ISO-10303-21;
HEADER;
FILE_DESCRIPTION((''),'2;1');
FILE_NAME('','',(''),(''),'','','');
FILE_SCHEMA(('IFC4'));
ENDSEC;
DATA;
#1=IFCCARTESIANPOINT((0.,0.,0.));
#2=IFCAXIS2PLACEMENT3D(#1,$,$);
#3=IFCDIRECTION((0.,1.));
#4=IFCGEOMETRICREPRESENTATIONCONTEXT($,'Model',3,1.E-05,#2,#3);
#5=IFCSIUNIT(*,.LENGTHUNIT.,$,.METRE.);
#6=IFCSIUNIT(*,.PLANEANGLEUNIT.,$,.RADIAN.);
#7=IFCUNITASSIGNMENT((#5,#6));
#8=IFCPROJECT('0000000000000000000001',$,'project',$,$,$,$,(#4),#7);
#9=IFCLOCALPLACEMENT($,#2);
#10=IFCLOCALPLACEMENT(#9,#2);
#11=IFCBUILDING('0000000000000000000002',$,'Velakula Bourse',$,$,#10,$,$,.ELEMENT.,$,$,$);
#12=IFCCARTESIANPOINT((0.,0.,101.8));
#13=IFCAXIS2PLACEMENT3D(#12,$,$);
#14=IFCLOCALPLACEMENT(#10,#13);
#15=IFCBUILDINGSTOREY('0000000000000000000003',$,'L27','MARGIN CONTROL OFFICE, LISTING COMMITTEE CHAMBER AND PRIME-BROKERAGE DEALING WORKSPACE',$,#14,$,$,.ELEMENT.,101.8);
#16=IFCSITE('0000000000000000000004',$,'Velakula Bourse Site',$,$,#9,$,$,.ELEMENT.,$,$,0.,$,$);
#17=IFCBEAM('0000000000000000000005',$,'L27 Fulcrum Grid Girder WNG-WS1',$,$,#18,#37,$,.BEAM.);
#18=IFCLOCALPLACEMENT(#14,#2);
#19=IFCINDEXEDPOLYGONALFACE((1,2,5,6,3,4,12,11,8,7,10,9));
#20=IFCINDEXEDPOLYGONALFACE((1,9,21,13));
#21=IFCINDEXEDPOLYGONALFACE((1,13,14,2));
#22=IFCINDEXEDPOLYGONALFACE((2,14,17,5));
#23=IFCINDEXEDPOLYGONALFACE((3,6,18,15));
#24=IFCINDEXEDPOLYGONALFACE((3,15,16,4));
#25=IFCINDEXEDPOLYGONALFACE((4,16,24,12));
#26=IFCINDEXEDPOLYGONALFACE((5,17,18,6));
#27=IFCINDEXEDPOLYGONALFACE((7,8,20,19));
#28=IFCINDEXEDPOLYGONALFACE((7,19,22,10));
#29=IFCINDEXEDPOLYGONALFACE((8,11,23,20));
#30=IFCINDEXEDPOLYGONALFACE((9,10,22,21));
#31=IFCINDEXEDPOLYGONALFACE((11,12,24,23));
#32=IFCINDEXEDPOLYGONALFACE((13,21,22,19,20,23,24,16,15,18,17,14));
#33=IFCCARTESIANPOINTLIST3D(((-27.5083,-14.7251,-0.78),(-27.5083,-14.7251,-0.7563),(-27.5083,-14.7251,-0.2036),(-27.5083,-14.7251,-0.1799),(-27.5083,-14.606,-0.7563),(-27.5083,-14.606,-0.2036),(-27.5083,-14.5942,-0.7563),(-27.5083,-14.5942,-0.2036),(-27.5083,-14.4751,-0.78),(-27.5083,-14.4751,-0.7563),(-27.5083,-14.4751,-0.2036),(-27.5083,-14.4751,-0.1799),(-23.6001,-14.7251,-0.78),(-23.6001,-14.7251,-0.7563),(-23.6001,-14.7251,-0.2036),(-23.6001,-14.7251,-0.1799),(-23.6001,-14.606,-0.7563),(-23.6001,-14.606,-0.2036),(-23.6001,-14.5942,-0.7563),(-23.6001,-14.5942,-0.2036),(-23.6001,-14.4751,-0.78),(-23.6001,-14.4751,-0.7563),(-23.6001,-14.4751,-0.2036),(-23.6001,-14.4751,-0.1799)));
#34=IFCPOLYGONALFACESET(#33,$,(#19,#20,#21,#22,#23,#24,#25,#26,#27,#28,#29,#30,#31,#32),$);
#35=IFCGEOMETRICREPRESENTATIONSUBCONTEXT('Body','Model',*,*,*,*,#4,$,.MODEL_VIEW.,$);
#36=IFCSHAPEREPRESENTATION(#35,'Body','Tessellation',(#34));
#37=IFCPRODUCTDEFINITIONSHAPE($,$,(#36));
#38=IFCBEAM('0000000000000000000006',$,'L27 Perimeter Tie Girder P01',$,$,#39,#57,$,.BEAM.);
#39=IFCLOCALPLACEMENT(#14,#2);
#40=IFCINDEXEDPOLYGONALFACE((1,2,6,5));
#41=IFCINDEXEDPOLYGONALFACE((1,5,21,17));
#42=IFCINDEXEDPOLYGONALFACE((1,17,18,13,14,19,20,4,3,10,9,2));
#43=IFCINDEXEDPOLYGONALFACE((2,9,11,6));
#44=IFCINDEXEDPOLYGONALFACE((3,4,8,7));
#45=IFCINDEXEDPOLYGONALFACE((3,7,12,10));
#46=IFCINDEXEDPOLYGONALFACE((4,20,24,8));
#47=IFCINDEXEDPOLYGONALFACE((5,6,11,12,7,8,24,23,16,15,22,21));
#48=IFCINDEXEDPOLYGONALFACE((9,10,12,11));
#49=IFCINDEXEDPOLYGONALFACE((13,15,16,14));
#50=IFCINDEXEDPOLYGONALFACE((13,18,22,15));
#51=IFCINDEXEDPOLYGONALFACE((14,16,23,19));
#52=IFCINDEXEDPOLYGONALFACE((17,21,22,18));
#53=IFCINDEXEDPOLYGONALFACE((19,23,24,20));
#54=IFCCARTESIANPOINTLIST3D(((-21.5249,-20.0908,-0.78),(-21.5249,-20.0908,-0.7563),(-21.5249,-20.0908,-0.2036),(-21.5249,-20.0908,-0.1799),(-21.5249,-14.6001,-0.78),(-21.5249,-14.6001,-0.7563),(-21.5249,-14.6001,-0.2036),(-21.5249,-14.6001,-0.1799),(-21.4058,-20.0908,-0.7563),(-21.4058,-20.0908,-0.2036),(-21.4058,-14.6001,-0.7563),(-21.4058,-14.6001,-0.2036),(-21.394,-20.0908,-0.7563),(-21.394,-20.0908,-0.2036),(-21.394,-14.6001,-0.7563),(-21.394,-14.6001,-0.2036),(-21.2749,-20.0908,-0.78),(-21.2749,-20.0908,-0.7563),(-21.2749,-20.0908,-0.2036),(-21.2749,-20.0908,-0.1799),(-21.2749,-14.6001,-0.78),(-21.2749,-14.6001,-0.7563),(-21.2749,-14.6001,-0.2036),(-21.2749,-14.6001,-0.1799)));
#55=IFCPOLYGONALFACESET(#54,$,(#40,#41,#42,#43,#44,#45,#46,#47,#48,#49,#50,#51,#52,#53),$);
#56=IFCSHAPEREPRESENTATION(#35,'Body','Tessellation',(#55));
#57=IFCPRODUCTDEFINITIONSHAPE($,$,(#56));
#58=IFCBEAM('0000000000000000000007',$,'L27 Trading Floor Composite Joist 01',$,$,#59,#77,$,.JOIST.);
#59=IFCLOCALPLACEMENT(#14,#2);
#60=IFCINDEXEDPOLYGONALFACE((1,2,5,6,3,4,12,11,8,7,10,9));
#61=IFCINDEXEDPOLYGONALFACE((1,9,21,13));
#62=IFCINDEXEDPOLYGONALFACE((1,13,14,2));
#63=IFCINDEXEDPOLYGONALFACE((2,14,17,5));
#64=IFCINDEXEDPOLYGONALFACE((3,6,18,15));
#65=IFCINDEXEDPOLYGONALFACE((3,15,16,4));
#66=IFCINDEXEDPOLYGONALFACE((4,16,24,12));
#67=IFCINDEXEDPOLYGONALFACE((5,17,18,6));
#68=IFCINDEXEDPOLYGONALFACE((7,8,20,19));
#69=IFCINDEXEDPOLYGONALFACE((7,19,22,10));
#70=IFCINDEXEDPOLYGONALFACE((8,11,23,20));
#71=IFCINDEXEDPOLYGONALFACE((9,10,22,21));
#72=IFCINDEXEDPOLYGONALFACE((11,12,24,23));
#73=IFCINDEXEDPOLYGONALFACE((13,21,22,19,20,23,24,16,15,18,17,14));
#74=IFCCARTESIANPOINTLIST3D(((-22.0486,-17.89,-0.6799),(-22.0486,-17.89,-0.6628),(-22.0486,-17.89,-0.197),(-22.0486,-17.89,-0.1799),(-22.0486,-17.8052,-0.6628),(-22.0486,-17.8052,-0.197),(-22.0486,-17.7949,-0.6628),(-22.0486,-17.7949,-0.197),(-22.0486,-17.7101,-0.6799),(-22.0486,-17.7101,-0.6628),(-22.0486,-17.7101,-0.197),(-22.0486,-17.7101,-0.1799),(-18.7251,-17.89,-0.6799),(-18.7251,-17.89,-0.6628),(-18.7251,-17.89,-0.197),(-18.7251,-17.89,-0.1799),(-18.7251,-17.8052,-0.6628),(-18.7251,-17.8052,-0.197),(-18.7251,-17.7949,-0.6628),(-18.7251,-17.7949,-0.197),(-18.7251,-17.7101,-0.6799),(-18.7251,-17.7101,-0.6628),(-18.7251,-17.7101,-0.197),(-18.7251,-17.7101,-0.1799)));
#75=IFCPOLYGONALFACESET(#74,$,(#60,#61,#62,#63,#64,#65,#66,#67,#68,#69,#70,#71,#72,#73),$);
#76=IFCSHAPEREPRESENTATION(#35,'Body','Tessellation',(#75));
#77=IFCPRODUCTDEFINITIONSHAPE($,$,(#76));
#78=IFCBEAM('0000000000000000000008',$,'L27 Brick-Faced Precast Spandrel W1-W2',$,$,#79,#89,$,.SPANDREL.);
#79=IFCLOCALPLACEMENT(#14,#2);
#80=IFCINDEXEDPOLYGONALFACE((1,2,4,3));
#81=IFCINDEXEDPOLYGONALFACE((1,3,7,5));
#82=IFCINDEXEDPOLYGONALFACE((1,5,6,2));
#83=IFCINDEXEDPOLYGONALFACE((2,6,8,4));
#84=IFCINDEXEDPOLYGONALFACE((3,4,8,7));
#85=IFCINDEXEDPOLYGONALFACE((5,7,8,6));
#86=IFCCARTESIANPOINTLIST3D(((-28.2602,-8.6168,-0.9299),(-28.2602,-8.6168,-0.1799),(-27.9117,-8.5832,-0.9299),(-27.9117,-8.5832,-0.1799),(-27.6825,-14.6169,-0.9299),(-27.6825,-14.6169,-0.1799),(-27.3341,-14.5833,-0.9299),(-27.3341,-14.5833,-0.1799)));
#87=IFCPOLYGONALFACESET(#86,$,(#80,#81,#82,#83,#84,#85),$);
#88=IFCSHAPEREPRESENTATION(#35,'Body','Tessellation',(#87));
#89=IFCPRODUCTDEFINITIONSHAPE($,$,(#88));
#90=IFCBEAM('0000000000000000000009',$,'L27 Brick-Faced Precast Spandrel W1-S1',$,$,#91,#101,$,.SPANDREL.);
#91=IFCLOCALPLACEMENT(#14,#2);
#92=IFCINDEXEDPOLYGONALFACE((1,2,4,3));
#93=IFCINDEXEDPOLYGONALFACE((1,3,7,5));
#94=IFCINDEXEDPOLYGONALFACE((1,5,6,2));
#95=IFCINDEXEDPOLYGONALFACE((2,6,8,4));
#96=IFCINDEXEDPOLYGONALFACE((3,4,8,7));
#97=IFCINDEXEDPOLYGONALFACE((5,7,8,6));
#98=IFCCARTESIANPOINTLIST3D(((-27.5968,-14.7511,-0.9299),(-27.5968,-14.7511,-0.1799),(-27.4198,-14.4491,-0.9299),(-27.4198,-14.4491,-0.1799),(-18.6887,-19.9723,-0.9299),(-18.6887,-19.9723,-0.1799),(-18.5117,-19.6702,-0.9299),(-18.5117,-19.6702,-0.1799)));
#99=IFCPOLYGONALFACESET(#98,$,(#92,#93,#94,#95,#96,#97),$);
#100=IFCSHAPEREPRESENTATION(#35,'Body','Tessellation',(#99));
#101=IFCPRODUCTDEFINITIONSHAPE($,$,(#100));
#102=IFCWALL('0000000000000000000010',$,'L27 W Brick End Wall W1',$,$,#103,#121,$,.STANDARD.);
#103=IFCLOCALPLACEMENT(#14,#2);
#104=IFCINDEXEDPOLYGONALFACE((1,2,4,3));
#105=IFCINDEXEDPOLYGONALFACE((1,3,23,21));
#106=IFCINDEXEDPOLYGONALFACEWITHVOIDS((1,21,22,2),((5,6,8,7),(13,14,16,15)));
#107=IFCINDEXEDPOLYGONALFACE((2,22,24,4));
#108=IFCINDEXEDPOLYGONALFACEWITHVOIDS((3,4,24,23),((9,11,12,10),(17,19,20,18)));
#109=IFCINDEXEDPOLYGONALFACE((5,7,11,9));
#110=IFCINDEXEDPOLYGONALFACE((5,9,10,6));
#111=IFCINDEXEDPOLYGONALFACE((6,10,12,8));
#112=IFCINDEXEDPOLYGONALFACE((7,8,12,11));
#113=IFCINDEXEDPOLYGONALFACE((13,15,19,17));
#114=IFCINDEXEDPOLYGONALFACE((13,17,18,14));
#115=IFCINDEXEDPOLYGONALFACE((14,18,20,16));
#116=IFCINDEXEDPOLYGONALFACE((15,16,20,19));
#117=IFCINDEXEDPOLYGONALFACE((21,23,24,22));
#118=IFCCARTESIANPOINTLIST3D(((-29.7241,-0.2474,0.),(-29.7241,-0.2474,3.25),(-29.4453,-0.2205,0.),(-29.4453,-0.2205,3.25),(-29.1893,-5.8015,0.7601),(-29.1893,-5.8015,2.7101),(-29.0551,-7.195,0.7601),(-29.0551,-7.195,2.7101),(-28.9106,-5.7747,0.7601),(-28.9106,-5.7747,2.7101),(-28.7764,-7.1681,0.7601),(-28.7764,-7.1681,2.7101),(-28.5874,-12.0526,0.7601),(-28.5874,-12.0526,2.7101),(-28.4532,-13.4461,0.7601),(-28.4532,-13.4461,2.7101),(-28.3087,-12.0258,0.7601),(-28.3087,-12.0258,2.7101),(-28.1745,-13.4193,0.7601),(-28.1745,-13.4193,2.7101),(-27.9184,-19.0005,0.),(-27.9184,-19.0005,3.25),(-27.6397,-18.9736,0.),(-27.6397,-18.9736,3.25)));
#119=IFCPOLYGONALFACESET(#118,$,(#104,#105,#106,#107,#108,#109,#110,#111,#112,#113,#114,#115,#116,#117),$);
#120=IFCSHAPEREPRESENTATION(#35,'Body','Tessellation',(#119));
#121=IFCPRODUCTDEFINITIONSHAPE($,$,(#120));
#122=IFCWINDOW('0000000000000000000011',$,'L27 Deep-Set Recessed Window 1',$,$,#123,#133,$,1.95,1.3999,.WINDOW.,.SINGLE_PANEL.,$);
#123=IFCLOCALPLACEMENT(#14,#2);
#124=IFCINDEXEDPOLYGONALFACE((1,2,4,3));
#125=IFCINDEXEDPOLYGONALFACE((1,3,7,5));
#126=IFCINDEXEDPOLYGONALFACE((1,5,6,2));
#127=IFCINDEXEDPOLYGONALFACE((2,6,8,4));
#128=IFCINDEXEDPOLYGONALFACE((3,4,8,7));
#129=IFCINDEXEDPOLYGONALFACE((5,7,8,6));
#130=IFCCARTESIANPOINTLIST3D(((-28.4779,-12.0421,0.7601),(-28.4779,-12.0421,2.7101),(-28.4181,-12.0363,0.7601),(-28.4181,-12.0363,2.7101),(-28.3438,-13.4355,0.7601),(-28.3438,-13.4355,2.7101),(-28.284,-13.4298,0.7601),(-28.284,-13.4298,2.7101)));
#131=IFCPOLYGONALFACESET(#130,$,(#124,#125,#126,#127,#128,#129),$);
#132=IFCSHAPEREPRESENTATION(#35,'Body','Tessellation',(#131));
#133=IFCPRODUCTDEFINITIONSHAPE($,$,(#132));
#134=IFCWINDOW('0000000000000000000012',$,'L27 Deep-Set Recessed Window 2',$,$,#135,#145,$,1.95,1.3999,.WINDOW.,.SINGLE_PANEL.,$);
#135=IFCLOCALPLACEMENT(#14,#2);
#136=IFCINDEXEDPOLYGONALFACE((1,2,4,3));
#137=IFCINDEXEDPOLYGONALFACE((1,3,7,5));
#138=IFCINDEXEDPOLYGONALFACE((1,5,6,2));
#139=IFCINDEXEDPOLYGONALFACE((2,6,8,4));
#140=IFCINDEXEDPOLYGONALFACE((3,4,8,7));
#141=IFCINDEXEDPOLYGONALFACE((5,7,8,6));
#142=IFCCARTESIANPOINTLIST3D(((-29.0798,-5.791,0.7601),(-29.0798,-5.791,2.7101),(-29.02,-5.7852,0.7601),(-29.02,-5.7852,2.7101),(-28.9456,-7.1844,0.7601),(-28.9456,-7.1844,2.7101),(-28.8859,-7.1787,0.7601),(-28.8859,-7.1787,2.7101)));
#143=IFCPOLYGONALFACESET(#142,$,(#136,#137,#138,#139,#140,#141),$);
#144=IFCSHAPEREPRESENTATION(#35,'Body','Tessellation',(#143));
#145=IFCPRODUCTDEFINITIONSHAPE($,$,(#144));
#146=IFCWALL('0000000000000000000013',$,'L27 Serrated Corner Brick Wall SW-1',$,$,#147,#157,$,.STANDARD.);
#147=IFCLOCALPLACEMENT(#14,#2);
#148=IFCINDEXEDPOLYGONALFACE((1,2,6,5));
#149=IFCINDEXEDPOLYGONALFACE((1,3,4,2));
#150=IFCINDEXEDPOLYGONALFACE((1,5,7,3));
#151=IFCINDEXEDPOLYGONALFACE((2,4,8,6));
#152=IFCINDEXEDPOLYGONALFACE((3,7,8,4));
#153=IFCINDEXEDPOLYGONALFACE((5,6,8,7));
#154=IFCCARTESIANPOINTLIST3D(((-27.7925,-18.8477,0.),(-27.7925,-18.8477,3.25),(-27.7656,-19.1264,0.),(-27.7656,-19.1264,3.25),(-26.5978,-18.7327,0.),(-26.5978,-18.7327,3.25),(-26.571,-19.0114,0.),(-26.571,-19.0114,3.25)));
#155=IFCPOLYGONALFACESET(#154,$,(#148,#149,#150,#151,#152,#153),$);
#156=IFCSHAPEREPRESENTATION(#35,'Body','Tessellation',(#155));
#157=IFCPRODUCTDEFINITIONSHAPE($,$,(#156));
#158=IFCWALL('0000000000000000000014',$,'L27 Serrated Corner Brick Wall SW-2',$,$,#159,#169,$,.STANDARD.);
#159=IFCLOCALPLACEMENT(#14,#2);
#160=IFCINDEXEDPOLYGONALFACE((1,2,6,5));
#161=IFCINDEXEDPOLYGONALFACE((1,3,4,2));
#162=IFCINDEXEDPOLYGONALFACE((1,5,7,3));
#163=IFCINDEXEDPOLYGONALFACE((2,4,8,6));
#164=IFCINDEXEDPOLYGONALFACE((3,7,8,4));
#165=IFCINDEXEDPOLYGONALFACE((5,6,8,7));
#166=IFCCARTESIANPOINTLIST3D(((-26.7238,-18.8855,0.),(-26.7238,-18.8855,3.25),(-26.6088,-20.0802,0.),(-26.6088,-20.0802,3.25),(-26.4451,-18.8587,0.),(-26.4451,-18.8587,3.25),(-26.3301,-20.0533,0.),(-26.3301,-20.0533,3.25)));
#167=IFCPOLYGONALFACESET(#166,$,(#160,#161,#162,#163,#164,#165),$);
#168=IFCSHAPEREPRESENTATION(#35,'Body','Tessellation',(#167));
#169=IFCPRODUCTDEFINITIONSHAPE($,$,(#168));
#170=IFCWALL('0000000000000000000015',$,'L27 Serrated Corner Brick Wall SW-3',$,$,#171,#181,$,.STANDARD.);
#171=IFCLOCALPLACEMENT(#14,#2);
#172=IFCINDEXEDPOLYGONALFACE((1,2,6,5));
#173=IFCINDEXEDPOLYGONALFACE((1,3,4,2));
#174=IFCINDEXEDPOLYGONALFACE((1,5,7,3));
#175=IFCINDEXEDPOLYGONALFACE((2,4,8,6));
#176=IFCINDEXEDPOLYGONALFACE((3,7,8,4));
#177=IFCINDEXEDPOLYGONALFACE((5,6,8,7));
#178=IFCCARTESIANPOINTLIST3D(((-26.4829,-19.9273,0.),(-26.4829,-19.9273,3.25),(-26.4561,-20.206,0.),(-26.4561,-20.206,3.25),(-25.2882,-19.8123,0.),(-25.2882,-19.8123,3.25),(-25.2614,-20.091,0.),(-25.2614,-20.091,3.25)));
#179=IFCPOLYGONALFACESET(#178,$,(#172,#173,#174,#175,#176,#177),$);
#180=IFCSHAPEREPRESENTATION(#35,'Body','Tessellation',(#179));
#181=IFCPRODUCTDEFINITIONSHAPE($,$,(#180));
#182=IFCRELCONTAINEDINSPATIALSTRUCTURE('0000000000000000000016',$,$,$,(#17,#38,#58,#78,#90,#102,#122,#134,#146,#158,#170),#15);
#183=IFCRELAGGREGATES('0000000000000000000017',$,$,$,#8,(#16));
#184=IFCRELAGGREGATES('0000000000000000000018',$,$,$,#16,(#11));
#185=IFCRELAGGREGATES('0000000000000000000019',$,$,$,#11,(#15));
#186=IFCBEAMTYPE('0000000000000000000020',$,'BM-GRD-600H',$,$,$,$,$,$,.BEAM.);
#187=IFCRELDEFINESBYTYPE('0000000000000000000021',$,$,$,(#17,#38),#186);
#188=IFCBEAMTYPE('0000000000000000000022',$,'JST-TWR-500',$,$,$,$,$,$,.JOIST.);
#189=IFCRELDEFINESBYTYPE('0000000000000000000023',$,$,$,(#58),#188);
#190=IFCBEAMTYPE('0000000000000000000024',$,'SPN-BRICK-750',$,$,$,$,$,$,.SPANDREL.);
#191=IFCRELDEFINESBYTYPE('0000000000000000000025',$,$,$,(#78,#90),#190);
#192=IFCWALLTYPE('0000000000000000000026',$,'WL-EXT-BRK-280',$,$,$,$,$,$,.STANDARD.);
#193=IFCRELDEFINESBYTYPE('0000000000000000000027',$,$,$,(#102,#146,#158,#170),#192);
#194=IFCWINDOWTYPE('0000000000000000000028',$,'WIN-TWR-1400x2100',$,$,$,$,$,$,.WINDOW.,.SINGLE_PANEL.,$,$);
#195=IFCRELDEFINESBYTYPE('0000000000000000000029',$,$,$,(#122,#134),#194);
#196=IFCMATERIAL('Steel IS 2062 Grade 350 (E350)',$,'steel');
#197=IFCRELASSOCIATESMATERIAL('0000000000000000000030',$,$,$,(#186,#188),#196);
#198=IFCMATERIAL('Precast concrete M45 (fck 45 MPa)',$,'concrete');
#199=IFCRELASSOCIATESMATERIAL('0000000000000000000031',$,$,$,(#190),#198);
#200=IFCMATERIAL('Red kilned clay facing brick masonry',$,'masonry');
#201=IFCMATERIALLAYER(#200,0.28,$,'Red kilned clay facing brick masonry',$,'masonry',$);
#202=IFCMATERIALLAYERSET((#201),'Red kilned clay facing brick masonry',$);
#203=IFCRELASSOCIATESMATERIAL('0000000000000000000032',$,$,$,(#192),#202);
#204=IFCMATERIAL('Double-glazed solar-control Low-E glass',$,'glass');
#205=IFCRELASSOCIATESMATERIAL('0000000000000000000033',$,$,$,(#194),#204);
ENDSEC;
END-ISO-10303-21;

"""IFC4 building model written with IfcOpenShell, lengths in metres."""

from ifc_helpers import new_model, si_unit, direction, frame, frame_2d, origin, origin_2d, place, context, subcontext, project, spatial, rectangle, i_section, extrude, material, layer, layer_set, material_profile, profile_set, type_object, element, fill, save


model = new_model("IFC4")

# Units and contexts
model_context = context("Model", 3, precision=1e-05, world=origin(), true_north=direction((0.0, 1.0)))
body_context = subcontext(model_context, "Body", "Model", "MODEL_VIEW")
ifc_project = project(units=[si_unit("LENGTHUNIT", "METRE"), si_unit("PLANEANGLEUNIT", "RADIAN")], contexts=[model_context])

# Site, building, storey
site_placement = place(None, origin())
site = spatial("IfcSite", under=ifc_project, at=site_placement, Name="Velakula Bourse Site", CompositionType="ELEMENT", RefElevation=0.0)
building_placement = place(site_placement, origin())
building = spatial("IfcBuilding", under=site, at=building_placement, Name="Velakula Bourse", CompositionType="ELEMENT")
storey_placement = place(building_placement, frame((0.0, 0.0, 101.8)))
storey = spatial("IfcBuildingStorey", under=building, at=storey_placement, Name="L27", Description="MARGIN CONTROL OFFICE, LISTING COMMITTEE CHAMBER AND PRIME-BROKERAGE DEALING WORKSPACE", CompositionType="ELEMENT", Elevation=101.8)

# Shared definitions
ifc_material_1 = material(Name="Precast concrete M45 (fck 45 MPa)", Category="concrete")

# Beams
ifc_material_2 = material(Name="Steel IS 2062 Grade 350 (E350)", Category="steel")
ifc_material_profile_1 = material_profile(ifc_material_2, i_section(OverallWidth=0.25, OverallDepth=0.6001, WebThickness=0.0117, FlangeThickness=0.0237, at=origin_2d()), Name="Steel IS 2062 Grade 350 (E350)")
ifc_profile_set_1 = profile_set([ifc_material_profile_1], Name="Steel IS 2062 Grade 350 (E350)")
beam_type_1 = type_object("IfcBeamType", Name="BM-GRD-600H", PredefinedType="BEAM", material=ifc_profile_set_1)
beam_1_placement = place(storey_placement, frame((-27.5083, -14.6001, -0.48), z_axis=(1.0, 0.0, 0.0), x_axis=(0.0, 1.0, 0.0)))
element("IfcBeam", 1, at=beam_1_placement, inside=storey, type_object=beam_type_1, Name="L27 Fulcrum Grid Girder WNG-WS1", PredefinedType="BEAM", context=body_context, shape_type="SweptSolid", body=[
    extrude(i_section(OverallWidth=0.25, OverallDepth=0.6001, WebThickness=0.0117, FlangeThickness=0.0237, at=origin_2d()), origin(), (0.0, 0.0, 1.0), 3.9082),
])
beam_2_placement = place(storey_placement, frame((-21.3999, -14.6001, -0.48), z_axis=(0.0, -1.0, 0.0), x_axis=(1.0, 0.0, 0.0)))
element("IfcBeam", 2, at=beam_2_placement, inside=storey, type_object=beam_type_1, Name="L27 Perimeter Tie Girder P01", PredefinedType="BEAM", context=body_context, shape_type="SweptSolid", body=[
    extrude(i_section(OverallWidth=0.25, OverallDepth=0.6001, WebThickness=0.0117, FlangeThickness=0.0237, at=origin_2d()), origin(), (0.0, 0.0, 1.0), 5.4907),
])
ifc_material_profile_2 = material_profile(ifc_material_2, i_section(OverallWidth=0.1799, OverallDepth=0.5, WebThickness=0.0103, FlangeThickness=0.0171, at=origin_2d()), Name="Steel IS 2062 Grade 350 (E350)")
ifc_profile_set_2 = profile_set([ifc_material_profile_2], Name="Steel IS 2062 Grade 350 (E350)")
beam_type_2 = type_object("IfcBeamType", Name="JST-TWR-500", PredefinedType="JOIST", material=ifc_profile_set_2)
beam_3_placement = place(storey_placement, frame((-22.0486, -17.8, -0.4299), z_axis=(1.0, 0.0, 0.0), x_axis=(0.0, 1.0, 0.0)))
element("IfcBeam", 3, at=beam_3_placement, inside=storey, type_object=beam_type_2, Name="L27 Trading Floor Composite Joist 01", PredefinedType="JOIST", context=body_context, shape_type="SweptSolid", body=[
    extrude(i_section(OverallWidth=0.1799, OverallDepth=0.5, WebThickness=0.0103, FlangeThickness=0.0171, at=origin_2d()), origin(), (0.0, 0.0, 1.0), 3.3235),
])
ifc_material_profile_3 = material_profile(ifc_material_1, rectangle(XDim=0.3501, YDim=0.75, at=origin_2d()), Name="Precast concrete M45 (fck 45 MPa)")
ifc_profile_set_3 = profile_set([ifc_material_profile_3], Name="Precast concrete M45 (fck 45 MPa)")
beam_type_3 = type_object("IfcBeamType", Name="SPN-BRICK-750", PredefinedType="SPANDREL", material=ifc_profile_set_3)
beam_4_placement = place(storey_placement, frame((-27.5083, -14.6001, -0.5549), z_axis=(-0.09583, 0.995398, 0.0), x_axis=(-0.995398, -0.09583, 0.0)))
element("IfcBeam", 4, at=beam_4_placement, inside=storey, type_object=beam_type_3, Name="L27 Brick-Faced Precast Spandrel W1-W2", PredefinedType="SPANDREL", context=body_context, shape_type="SweptSolid", body=[
    extrude(rectangle(XDim=0.3501, YDim=0.75, at=origin_2d()), origin(), (0.0, 0.0, 1.0), 6.0278),
])
beam_5_placement = place(storey_placement, frame((-27.5083, -14.6001, -0.5549), z_axis=(0.862734, -0.505658, 0.0), x_axis=(0.505658, 0.862734, 0.0)))
element("IfcBeam", 5, at=beam_5_placement, inside=storey, type_object=beam_type_3, Name="L27 Brick-Faced Precast Spandrel W1-S1", PredefinedType="SPANDREL", context=body_context, shape_type="SweptSolid", body=[
    extrude(rectangle(XDim=0.3501, YDim=0.75, at=origin_2d()), origin(), (0.0, 0.0, 1.0), 10.3254),
])

# Wall, openings, windows
ifc_material_3 = material(Name="Red kilned clay facing brick masonry", Category="masonry")
ifc_layer_1 = layer(ifc_material_3, 0.28, Name="Red kilned clay facing brick masonry", Category="masonry")
ifc_layer_set_1 = layer_set([ifc_layer_1], Name="Red kilned clay facing brick masonry")
wall_type_1 = type_object("IfcWallType", Name="WL-EXT-BRK-280", PredefinedType="STANDARD", material=ifc_layer_set_1)
wall_1_placement = place(storey_placement, frame((-27.7791, -18.9871, 0.0), z_axis=(0.0, 0.0, 1.0), x_axis=(-0.095843, 0.995397, 0.0)))
wall_1 = element("IfcWall", 6, at=wall_1_placement, inside=storey, type_object=wall_type_1, Name="L27 W Brick End Wall W1", PredefinedType="STANDARD", context=body_context, shape_type="SweptSolid", body=[
    extrude(rectangle(XDim=18.8398, YDim=0.28, at=frame_2d((9.4199, 0.0))), origin(), (0.0, 0.0, 1.0), 3.25),
])
opening_1_placement = place(wall_1_placement, frame((5.5801, 0.0, 0.76)))
opening_1 = element("IfcOpeningElement", 7, at=opening_1_placement, cuts=wall_1, PredefinedType="OPENING", context=body_context, shape_type="SweptSolid", body=[
    extrude(rectangle(XDim=1.3999, YDim=1.95, at=frame_2d((0.7, 0.9751))), frame((0.0, 0.1499, 0.0), z_axis=(0.0, -1.0, 0.0), x_axis=(1.0, 0.0, 0.0)), (0.0, 0.0, 1.0), 0.3),
])
opening_2_placement = place(wall_1_placement, frame((11.8601, 0.0, 0.76)))
opening_2 = element("IfcOpeningElement", 8, at=opening_2_placement, cuts=wall_1, PredefinedType="OPENING", context=body_context, shape_type="SweptSolid", body=[
    extrude(rectangle(XDim=1.3999, YDim=1.95, at=frame_2d((0.7, 0.9751))), frame((0.0, 0.1499, 0.0), z_axis=(0.0, -1.0, 0.0), x_axis=(1.0, 0.0, 0.0)), (0.0, 0.0, 1.0), 0.3),
])
ifc_material_4 = material(Name="Double-glazed solar-control Low-E glass", Category="glass")
window_type = type_object("IfcWindowType", Name="WIN-TWR-1400x2100", PartitioningType="SINGLE_PANEL", PredefinedType="WINDOW", material=ifc_material_4)
window_1_placement = place(opening_1_placement, origin())
window_1 = element("IfcWindow", 9, at=window_1_placement, inside=storey, type_object=window_type, Name="L27 Deep-Set Recessed Window 1", OverallHeight=1.95, OverallWidth=1.3999, PartitioningType="SINGLE_PANEL", PredefinedType="WINDOW", context=body_context, shape_type="SweptSolid", body=[
    extrude(rectangle(XDim=1.3999, YDim=1.95, at=frame_2d((0.7, 0.9751))), frame((0.0, 0.03, 0.0), z_axis=(0.0, -1.0, 0.0), x_axis=(1.0, 0.0, 0.0)), (0.0, 0.0, 1.0), 0.0601),
])
fill(opening_1, window_1)
window_2_placement = place(opening_2_placement, origin())
window_2 = element("IfcWindow", 10, at=window_2_placement, inside=storey, type_object=window_type, Name="L27 Deep-Set Recessed Window 2", OverallHeight=1.95, OverallWidth=1.3999, PartitioningType="SINGLE_PANEL", PredefinedType="WINDOW", context=body_context, shape_type="SweptSolid", body=[
    extrude(rectangle(XDim=1.3999, YDim=1.95, at=frame_2d((0.7, 0.9751))), frame((0.0, 0.03, 0.0), z_axis=(0.0, -1.0, 0.0), x_axis=(1.0, 0.0, 0.0)), (0.0, 0.0, 1.0), 0.0601),
])
fill(opening_2, window_2)

# Walls
for number, where, z_axis, x_axis, name in (
    (11, (-27.7791, -18.9871, 0.0), (0.0, 0.0, 1.0), (0.995399, 0.095817, 0.0), "L27 Serrated Corner Brick Wall SW-1"),
    (12, (-26.5845, -18.8721, 0.0), (0.0, 0.0, 1.0), (0.095817, -0.995399, 0.0), "L27 Serrated Corner Brick Wall SW-2"),
    (13, (-26.4695, -20.0667, 0.0), (0.0, 0.0, 1.0), (0.995399, 0.095817, 0.0), "L27 Serrated Corner Brick Wall SW-3"),
):
    element("IfcWall", number, at=place(storey_placement, frame(where, z_axis=z_axis, x_axis=x_axis)), inside=storey, type_object=wall_type_1, Name=name, PredefinedType="STANDARD", context=body_context, shape_type="SweptSolid", body=[
        extrude(rectangle(XDim=1.2002, YDim=0.28, at=frame_2d((0.6001, 0.0))), origin(), (0.0, 0.0, 1.0), 3.25),
    ])

save(model, "model.ifc")
